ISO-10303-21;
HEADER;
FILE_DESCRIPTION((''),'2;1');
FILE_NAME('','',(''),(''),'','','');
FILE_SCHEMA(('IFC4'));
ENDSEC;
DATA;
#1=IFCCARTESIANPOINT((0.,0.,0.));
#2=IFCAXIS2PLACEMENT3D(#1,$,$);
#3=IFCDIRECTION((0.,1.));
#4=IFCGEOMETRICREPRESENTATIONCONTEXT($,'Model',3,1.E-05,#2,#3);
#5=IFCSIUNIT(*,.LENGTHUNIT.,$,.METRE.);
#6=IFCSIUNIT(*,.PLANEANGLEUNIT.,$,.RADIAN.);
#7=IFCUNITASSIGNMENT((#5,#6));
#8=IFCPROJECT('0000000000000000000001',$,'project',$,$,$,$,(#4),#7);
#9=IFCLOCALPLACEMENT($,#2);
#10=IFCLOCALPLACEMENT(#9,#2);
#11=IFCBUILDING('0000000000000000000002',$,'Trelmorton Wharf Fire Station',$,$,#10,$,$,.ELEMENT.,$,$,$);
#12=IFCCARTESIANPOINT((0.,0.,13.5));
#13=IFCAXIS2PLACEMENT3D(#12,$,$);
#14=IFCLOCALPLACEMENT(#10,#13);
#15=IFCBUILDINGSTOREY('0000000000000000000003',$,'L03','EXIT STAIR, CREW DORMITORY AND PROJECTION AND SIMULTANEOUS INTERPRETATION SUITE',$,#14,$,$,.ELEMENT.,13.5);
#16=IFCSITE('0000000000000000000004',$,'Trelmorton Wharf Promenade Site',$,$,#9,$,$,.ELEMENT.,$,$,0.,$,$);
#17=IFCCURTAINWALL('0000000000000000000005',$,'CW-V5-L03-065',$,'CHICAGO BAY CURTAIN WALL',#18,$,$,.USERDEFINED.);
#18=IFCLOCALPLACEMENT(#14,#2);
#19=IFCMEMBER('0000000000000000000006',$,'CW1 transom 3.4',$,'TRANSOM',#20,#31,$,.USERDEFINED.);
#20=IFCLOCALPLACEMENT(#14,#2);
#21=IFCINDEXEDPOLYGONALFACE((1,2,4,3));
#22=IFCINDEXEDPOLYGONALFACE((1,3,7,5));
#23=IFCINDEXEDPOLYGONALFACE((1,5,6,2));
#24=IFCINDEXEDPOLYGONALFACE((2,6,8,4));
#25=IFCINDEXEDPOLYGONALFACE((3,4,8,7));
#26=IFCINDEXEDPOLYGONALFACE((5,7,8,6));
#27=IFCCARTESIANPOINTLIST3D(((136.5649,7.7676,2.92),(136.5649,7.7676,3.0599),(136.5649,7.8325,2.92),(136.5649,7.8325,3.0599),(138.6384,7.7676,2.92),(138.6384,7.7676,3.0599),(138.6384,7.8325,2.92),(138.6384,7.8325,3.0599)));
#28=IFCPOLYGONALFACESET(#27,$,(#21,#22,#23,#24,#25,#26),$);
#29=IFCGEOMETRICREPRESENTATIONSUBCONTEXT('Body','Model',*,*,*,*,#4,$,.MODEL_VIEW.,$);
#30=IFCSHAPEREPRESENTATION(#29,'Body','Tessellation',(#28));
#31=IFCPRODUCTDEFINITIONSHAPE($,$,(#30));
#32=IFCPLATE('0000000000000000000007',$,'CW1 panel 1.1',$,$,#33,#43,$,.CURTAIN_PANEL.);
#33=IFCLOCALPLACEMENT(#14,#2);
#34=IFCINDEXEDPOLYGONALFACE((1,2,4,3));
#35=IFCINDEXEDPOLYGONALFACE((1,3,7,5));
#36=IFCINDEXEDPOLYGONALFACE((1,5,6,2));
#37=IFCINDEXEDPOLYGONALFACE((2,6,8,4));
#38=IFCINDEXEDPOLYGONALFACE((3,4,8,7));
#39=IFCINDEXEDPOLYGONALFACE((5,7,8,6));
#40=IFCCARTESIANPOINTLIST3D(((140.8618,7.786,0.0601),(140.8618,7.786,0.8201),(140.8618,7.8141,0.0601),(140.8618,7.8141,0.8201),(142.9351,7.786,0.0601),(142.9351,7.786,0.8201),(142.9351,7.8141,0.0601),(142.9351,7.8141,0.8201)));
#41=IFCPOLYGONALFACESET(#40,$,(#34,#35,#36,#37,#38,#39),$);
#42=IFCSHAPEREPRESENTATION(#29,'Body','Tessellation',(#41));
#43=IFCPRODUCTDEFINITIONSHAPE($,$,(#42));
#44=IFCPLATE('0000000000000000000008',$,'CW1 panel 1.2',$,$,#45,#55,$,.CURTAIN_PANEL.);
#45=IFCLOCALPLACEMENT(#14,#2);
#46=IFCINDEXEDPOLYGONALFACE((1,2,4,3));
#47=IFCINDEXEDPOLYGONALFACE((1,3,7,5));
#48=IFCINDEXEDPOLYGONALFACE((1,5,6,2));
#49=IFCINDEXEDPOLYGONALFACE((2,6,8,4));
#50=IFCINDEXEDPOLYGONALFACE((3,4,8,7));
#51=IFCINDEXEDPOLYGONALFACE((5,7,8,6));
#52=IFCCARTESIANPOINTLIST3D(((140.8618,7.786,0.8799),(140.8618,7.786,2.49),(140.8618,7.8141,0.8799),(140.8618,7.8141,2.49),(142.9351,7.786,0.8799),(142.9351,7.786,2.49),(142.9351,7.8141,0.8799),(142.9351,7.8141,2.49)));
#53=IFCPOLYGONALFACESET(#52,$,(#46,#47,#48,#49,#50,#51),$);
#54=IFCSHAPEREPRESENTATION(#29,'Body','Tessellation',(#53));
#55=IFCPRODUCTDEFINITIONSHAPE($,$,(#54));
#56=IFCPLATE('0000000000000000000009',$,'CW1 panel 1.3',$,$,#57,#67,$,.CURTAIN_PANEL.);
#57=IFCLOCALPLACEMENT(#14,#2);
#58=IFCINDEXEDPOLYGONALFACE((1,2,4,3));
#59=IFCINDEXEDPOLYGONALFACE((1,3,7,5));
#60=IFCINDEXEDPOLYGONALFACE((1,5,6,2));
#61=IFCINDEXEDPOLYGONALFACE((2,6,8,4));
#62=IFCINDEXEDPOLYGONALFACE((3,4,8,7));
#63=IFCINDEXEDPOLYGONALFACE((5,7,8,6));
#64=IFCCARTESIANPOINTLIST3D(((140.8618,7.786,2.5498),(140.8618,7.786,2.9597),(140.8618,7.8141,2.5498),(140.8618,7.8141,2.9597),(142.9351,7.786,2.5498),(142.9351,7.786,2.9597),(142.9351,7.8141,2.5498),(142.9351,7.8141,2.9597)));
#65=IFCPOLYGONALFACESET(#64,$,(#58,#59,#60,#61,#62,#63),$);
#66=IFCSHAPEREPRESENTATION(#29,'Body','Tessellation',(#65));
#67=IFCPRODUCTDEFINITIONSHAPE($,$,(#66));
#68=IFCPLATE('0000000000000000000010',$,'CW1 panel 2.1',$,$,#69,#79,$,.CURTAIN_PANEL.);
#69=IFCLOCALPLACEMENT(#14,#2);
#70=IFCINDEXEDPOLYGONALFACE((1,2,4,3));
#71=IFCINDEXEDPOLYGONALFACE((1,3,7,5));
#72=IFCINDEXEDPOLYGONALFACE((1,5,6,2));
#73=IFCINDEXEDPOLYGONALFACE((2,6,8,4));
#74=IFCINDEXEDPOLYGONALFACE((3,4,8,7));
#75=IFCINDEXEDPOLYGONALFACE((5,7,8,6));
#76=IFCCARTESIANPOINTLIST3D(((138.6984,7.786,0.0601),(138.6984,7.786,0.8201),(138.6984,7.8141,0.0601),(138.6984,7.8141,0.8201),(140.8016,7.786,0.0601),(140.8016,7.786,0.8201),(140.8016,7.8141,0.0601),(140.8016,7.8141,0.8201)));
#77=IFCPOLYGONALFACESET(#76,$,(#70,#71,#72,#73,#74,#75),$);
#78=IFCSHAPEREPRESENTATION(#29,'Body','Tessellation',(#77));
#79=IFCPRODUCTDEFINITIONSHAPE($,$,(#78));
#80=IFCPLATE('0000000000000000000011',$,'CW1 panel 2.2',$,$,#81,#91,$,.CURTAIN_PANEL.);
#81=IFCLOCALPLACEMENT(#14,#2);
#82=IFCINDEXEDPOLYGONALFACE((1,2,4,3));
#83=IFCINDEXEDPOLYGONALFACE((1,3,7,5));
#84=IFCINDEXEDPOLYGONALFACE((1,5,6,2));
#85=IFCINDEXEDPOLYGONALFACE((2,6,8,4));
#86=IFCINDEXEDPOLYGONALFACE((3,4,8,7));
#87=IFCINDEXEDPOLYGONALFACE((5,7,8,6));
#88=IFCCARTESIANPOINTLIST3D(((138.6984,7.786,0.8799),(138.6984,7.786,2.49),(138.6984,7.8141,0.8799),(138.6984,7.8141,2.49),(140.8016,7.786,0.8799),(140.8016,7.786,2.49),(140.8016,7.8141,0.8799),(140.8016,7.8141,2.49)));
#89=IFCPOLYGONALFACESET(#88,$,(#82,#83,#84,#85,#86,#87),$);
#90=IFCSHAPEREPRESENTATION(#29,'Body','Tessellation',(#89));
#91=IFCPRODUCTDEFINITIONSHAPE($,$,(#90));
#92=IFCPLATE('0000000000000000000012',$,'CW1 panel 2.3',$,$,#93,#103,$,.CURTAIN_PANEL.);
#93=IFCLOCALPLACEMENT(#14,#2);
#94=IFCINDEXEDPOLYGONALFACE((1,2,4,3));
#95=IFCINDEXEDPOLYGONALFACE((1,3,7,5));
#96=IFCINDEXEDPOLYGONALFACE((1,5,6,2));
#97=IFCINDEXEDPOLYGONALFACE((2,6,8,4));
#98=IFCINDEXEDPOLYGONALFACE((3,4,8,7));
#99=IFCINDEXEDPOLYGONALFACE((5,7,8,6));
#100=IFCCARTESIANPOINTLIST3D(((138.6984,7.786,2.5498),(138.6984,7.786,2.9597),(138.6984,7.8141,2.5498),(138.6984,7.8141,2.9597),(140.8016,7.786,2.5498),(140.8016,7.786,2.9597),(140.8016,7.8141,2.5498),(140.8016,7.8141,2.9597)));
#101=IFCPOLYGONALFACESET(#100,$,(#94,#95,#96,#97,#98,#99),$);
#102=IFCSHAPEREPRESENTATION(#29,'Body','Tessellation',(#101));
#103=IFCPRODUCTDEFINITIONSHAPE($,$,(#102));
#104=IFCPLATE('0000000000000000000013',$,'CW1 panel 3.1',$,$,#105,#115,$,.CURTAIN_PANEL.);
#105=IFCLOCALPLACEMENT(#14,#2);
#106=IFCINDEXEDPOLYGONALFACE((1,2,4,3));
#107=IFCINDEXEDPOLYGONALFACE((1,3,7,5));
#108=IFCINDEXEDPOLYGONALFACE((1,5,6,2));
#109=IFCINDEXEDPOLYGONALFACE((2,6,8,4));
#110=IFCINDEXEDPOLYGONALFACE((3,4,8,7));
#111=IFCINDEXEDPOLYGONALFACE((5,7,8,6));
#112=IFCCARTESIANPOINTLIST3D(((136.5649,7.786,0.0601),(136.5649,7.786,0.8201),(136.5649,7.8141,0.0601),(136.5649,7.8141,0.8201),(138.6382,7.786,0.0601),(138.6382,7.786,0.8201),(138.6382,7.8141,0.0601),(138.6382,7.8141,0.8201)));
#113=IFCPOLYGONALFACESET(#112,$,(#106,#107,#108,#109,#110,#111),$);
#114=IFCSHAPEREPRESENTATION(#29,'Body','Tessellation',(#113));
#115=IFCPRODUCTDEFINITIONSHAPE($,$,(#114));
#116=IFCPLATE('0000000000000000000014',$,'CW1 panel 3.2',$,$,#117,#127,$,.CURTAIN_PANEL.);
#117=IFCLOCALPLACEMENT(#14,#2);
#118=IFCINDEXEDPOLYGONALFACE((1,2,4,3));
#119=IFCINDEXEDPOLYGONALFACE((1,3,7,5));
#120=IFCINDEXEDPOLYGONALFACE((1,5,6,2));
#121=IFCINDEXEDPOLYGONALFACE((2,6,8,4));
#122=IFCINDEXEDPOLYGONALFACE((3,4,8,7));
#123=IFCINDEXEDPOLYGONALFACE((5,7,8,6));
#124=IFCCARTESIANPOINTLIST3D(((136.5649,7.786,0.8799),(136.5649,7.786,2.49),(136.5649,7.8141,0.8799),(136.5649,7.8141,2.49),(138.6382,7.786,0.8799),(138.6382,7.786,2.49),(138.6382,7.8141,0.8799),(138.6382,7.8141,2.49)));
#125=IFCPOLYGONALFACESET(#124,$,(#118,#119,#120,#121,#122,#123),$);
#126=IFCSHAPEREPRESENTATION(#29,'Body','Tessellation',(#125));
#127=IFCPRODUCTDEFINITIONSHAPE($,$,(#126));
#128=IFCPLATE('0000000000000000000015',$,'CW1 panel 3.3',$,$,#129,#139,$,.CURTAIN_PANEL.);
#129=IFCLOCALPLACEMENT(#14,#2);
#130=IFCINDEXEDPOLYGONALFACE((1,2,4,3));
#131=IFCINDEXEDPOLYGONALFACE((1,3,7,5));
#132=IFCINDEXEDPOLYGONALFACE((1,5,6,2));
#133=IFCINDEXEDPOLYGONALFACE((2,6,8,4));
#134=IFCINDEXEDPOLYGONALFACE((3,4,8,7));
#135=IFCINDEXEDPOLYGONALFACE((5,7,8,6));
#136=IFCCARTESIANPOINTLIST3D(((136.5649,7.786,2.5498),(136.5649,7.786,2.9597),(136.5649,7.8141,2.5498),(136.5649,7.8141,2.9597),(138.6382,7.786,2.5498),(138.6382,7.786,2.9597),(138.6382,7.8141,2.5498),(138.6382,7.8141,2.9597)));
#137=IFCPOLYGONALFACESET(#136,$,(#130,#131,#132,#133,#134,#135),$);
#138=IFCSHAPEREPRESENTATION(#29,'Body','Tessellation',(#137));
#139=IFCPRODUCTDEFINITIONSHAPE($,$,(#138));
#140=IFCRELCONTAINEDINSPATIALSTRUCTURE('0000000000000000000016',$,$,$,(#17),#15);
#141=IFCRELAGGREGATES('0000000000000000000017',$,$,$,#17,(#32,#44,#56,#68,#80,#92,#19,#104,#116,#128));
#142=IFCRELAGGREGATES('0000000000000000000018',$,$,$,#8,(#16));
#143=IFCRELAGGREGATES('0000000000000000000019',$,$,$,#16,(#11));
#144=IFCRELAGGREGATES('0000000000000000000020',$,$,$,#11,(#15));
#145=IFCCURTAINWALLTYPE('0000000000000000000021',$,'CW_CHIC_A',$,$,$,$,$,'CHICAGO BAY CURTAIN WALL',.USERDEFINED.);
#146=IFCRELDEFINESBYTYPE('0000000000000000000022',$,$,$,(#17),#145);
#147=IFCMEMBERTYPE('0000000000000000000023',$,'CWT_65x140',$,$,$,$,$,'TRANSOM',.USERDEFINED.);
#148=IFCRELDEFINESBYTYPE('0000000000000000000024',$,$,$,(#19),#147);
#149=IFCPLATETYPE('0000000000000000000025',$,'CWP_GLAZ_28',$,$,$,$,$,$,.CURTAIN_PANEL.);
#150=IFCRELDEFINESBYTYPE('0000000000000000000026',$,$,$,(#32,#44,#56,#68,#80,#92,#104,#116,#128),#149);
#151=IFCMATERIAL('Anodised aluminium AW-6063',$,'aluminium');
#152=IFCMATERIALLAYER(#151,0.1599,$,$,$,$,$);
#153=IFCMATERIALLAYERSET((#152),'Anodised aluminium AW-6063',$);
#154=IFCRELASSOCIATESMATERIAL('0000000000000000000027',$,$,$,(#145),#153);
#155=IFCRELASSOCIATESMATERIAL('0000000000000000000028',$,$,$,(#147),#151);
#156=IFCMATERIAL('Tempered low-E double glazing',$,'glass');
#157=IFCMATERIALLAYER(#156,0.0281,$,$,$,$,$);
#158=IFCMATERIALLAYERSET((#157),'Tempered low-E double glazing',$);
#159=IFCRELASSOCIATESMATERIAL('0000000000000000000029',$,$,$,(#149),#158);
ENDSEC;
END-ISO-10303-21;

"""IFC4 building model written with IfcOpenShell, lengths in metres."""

from ifc_helpers import new_model, si_unit, direction, frame, origin, origin_2d, place, context, subcontext, project, spatial, rectangle, extrude, material, layer, layer_set, material_profile, profile_set, type_object, element, aggregate, save


model = new_model("IFC4")

# Units and contexts
model_context = context("Model", 3, precision=1e-05, world=origin(), true_north=direction((0.0, 1.0)))
body_context = subcontext(model_context, "Body", "Model", "MODEL_VIEW")
ifc_project = project(units=[si_unit("LENGTHUNIT", "METRE"), si_unit("PLANEANGLEUNIT", "RADIAN")], contexts=[model_context])

# Site, building, storey
site_placement = place(None, origin())
site = spatial("IfcSite", under=ifc_project, at=site_placement, Name="Trelmorton Wharf Promenade Site", CompositionType="ELEMENT", RefElevation=0.0)
building_placement = place(site_placement, origin())
building = spatial("IfcBuilding", under=site, at=building_placement, Name="Trelmorton Wharf Fire Station", CompositionType="ELEMENT")
storey_placement = place(building_placement, frame((0.0, 0.0, 13.5)))
storey = spatial("IfcBuildingStorey", under=building, at=storey_placement, Name="L03", Description="EXIT STAIR, CREW DORMITORY AND PROJECTION AND SIMULTANEOUS INTERPRETATION SUITE", CompositionType="ELEMENT", Elevation=13.5)

# Curtain wall, member, plates
ifc_material_1 = material(Name="Anodised aluminium AW-6063", Category="aluminium")
ifc_layer_1 = layer(ifc_material_1, 0.1599)
ifc_layer_set_1 = layer_set([ifc_layer_1], Name="Anodised aluminium AW-6063")
curtain_wall_type = type_object("IfcCurtainWallType", Name="CW_CHIC_A", ElementType="CHICAGO BAY CURTAIN WALL", PredefinedType="USERDEFINED", material=ifc_layer_set_1)
curtain_wall_placement = place(storey_placement, origin())
curtain_wall = element("IfcCurtainWall", 1, at=curtain_wall_placement, inside=storey, type_object=curtain_wall_type, Name="CW-V5-L03-065", ObjectType="CHICAGO BAY CURTAIN WALL", PredefinedType="USERDEFINED")
ifc_material_profile_1 = material_profile(ifc_material_1, rectangle(XDim=0.0649, YDim=0.1399, at=origin_2d()), Name="ALU-65x140")
ifc_profile_set_1 = profile_set([ifc_material_profile_1], Name="Anodised aluminium AW-6063")
member_type_1 = type_object("IfcMemberType", Name="CWT_65x140", ElementType="TRANSOM", PredefinedType="USERDEFINED", material=ifc_profile_set_1)
member_1_placement = place(storey_placement, frame((138.6384, 7.8, 2.99), z_axis=(-1.0, 0.0, 0.0), x_axis=(0.0, -1.0, 0.0)))
member_1 = element("IfcMember", 2, at=member_1_placement, type_object=member_type_1, Name="CW1 transom 3.4", ObjectType="TRANSOM", PredefinedType="USERDEFINED", context=body_context, shape_type="SweptSolid", body=[
    extrude(rectangle(XDim=0.0649, YDim=0.1399, at=origin_2d()), origin(), (0.0, 0.0, 1.0), 2.0735),
])
ifc_material_2 = material(Name="Tempered low-E double glazing", Category="glass")
ifc_layer_2 = layer(ifc_material_2, 0.0281)
ifc_layer_set_2 = layer_set([ifc_layer_2], Name="Tempered low-E double glazing")
plate_type = type_object("IfcPlateType", Name="CWP_GLAZ_28", PredefinedType="CURTAIN_PANEL", material=ifc_layer_set_2)
plate_1_placement = place(storey_placement, frame((141.8984, 7.8, 0.0601), z_axis=(0.0, 0.0, 1.0), x_axis=(-1.0, 0.0, 0.0)))
plate_1 = element("IfcPlate", 3, at=plate_1_placement, type_object=plate_type, Name="CW1 panel 1.1", PredefinedType="CURTAIN_PANEL", context=body_context, shape_type="SweptSolid", body=[
    extrude(rectangle(XDim=2.0732, YDim=0.0281, at=origin_2d()), origin(), (0.0, 0.0, 1.0), 0.76),
])
plate_2_placement = place(storey_placement, frame((141.8984, 7.8, 0.8799), z_axis=(0.0, 0.0, 1.0), x_axis=(-1.0, 0.0, 0.0)))
plate_2 = element("IfcPlate", 4, at=plate_2_placement, type_object=plate_type, Name="CW1 panel 1.2", PredefinedType="CURTAIN_PANEL", context=body_context, shape_type="SweptSolid", body=[
    extrude(rectangle(XDim=2.0732, YDim=0.0281, at=origin_2d()), origin(), (0.0, 0.0, 1.0), 1.6101),
])
plate_3_placement = place(storey_placement, frame((141.8984, 7.8, 2.5498), z_axis=(0.0, 0.0, 1.0), x_axis=(-1.0, 0.0, 0.0)))
plate_3 = element("IfcPlate", 5, at=plate_3_placement, type_object=plate_type, Name="CW1 panel 1.3", PredefinedType="CURTAIN_PANEL", context=body_context, shape_type="SweptSolid", body=[
    extrude(rectangle(XDim=2.0732, YDim=0.0281, at=origin_2d()), origin(), (0.0, 0.0, 1.0), 0.4099),
])
plate_4_placement = place(storey_placement, frame((139.75, 7.8, 0.0601), z_axis=(0.0, 0.0, 1.0), x_axis=(-1.0, 0.0, 0.0)))
plate_4 = element("IfcPlate", 6, at=plate_4_placement, type_object=plate_type, Name="CW1 panel 2.1", PredefinedType="CURTAIN_PANEL", context=body_context, shape_type="SweptSolid", body=[
    extrude(rectangle(XDim=2.1033, YDim=0.0281, at=origin_2d()), origin(), (0.0, 0.0, 1.0), 0.76),
])
plate_5_placement = place(storey_placement, frame((139.75, 7.8, 0.8799), z_axis=(0.0, 0.0, 1.0), x_axis=(-1.0, 0.0, 0.0)))
plate_5 = element("IfcPlate", 7, at=plate_5_placement, type_object=plate_type, Name="CW1 panel 2.2", PredefinedType="CURTAIN_PANEL", context=body_context, shape_type="SweptSolid", body=[
    extrude(rectangle(XDim=2.1033, YDim=0.0281, at=origin_2d()), origin(), (0.0, 0.0, 1.0), 1.6101),
])
plate_6_placement = place(storey_placement, frame((139.75, 7.8, 2.5498), z_axis=(0.0, 0.0, 1.0), x_axis=(-1.0, 0.0, 0.0)))
plate_6 = element("IfcPlate", 8, at=plate_6_placement, type_object=plate_type, Name="CW1 panel 2.3", PredefinedType="CURTAIN_PANEL", context=body_context, shape_type="SweptSolid", body=[
    extrude(rectangle(XDim=2.1033, YDim=0.0281, at=origin_2d()), origin(), (0.0, 0.0, 1.0), 0.4099),
])
plate_7_placement = place(storey_placement, frame((137.6016, 7.8, 0.0601), z_axis=(0.0, 0.0, 1.0), x_axis=(-1.0, 0.0, 0.0)))
plate_7 = element("IfcPlate", 9, at=plate_7_placement, type_object=plate_type, Name="CW1 panel 3.1", PredefinedType="CURTAIN_PANEL", context=body_context, shape_type="SweptSolid", body=[
    extrude(rectangle(XDim=2.0732, YDim=0.0281, at=origin_2d()), origin(), (0.0, 0.0, 1.0), 0.76),
])
plate_8_placement = place(storey_placement, frame((137.6016, 7.8, 0.8799), z_axis=(0.0, 0.0, 1.0), x_axis=(-1.0, 0.0, 0.0)))
plate_8 = element("IfcPlate", 10, at=plate_8_placement, type_object=plate_type, Name="CW1 panel 3.2", PredefinedType="CURTAIN_PANEL", context=body_context, shape_type="SweptSolid", body=[
    extrude(rectangle(XDim=2.0732, YDim=0.0281, at=origin_2d()), origin(), (0.0, 0.0, 1.0), 1.6101),
])
plate_9_placement = place(storey_placement, frame((137.6016, 7.8, 2.5498), z_axis=(0.0, 0.0, 1.0), x_axis=(-1.0, 0.0, 0.0)))
plate_9 = element("IfcPlate", 11, at=plate_9_placement, type_object=plate_type, Name="CW1 panel 3.3", PredefinedType="CURTAIN_PANEL", context=body_context, shape_type="SweptSolid", body=[
    extrude(rectangle(XDim=2.0732, YDim=0.0281, at=origin_2d()), origin(), (0.0, 0.0, 1.0), 0.4099),
])
aggregate(curtain_wall, [plate_1, plate_2, plate_3, plate_4, plate_5, plate_6, member_1, plate_7, plate_8, plate_9])

save(model, "model.ifc")
